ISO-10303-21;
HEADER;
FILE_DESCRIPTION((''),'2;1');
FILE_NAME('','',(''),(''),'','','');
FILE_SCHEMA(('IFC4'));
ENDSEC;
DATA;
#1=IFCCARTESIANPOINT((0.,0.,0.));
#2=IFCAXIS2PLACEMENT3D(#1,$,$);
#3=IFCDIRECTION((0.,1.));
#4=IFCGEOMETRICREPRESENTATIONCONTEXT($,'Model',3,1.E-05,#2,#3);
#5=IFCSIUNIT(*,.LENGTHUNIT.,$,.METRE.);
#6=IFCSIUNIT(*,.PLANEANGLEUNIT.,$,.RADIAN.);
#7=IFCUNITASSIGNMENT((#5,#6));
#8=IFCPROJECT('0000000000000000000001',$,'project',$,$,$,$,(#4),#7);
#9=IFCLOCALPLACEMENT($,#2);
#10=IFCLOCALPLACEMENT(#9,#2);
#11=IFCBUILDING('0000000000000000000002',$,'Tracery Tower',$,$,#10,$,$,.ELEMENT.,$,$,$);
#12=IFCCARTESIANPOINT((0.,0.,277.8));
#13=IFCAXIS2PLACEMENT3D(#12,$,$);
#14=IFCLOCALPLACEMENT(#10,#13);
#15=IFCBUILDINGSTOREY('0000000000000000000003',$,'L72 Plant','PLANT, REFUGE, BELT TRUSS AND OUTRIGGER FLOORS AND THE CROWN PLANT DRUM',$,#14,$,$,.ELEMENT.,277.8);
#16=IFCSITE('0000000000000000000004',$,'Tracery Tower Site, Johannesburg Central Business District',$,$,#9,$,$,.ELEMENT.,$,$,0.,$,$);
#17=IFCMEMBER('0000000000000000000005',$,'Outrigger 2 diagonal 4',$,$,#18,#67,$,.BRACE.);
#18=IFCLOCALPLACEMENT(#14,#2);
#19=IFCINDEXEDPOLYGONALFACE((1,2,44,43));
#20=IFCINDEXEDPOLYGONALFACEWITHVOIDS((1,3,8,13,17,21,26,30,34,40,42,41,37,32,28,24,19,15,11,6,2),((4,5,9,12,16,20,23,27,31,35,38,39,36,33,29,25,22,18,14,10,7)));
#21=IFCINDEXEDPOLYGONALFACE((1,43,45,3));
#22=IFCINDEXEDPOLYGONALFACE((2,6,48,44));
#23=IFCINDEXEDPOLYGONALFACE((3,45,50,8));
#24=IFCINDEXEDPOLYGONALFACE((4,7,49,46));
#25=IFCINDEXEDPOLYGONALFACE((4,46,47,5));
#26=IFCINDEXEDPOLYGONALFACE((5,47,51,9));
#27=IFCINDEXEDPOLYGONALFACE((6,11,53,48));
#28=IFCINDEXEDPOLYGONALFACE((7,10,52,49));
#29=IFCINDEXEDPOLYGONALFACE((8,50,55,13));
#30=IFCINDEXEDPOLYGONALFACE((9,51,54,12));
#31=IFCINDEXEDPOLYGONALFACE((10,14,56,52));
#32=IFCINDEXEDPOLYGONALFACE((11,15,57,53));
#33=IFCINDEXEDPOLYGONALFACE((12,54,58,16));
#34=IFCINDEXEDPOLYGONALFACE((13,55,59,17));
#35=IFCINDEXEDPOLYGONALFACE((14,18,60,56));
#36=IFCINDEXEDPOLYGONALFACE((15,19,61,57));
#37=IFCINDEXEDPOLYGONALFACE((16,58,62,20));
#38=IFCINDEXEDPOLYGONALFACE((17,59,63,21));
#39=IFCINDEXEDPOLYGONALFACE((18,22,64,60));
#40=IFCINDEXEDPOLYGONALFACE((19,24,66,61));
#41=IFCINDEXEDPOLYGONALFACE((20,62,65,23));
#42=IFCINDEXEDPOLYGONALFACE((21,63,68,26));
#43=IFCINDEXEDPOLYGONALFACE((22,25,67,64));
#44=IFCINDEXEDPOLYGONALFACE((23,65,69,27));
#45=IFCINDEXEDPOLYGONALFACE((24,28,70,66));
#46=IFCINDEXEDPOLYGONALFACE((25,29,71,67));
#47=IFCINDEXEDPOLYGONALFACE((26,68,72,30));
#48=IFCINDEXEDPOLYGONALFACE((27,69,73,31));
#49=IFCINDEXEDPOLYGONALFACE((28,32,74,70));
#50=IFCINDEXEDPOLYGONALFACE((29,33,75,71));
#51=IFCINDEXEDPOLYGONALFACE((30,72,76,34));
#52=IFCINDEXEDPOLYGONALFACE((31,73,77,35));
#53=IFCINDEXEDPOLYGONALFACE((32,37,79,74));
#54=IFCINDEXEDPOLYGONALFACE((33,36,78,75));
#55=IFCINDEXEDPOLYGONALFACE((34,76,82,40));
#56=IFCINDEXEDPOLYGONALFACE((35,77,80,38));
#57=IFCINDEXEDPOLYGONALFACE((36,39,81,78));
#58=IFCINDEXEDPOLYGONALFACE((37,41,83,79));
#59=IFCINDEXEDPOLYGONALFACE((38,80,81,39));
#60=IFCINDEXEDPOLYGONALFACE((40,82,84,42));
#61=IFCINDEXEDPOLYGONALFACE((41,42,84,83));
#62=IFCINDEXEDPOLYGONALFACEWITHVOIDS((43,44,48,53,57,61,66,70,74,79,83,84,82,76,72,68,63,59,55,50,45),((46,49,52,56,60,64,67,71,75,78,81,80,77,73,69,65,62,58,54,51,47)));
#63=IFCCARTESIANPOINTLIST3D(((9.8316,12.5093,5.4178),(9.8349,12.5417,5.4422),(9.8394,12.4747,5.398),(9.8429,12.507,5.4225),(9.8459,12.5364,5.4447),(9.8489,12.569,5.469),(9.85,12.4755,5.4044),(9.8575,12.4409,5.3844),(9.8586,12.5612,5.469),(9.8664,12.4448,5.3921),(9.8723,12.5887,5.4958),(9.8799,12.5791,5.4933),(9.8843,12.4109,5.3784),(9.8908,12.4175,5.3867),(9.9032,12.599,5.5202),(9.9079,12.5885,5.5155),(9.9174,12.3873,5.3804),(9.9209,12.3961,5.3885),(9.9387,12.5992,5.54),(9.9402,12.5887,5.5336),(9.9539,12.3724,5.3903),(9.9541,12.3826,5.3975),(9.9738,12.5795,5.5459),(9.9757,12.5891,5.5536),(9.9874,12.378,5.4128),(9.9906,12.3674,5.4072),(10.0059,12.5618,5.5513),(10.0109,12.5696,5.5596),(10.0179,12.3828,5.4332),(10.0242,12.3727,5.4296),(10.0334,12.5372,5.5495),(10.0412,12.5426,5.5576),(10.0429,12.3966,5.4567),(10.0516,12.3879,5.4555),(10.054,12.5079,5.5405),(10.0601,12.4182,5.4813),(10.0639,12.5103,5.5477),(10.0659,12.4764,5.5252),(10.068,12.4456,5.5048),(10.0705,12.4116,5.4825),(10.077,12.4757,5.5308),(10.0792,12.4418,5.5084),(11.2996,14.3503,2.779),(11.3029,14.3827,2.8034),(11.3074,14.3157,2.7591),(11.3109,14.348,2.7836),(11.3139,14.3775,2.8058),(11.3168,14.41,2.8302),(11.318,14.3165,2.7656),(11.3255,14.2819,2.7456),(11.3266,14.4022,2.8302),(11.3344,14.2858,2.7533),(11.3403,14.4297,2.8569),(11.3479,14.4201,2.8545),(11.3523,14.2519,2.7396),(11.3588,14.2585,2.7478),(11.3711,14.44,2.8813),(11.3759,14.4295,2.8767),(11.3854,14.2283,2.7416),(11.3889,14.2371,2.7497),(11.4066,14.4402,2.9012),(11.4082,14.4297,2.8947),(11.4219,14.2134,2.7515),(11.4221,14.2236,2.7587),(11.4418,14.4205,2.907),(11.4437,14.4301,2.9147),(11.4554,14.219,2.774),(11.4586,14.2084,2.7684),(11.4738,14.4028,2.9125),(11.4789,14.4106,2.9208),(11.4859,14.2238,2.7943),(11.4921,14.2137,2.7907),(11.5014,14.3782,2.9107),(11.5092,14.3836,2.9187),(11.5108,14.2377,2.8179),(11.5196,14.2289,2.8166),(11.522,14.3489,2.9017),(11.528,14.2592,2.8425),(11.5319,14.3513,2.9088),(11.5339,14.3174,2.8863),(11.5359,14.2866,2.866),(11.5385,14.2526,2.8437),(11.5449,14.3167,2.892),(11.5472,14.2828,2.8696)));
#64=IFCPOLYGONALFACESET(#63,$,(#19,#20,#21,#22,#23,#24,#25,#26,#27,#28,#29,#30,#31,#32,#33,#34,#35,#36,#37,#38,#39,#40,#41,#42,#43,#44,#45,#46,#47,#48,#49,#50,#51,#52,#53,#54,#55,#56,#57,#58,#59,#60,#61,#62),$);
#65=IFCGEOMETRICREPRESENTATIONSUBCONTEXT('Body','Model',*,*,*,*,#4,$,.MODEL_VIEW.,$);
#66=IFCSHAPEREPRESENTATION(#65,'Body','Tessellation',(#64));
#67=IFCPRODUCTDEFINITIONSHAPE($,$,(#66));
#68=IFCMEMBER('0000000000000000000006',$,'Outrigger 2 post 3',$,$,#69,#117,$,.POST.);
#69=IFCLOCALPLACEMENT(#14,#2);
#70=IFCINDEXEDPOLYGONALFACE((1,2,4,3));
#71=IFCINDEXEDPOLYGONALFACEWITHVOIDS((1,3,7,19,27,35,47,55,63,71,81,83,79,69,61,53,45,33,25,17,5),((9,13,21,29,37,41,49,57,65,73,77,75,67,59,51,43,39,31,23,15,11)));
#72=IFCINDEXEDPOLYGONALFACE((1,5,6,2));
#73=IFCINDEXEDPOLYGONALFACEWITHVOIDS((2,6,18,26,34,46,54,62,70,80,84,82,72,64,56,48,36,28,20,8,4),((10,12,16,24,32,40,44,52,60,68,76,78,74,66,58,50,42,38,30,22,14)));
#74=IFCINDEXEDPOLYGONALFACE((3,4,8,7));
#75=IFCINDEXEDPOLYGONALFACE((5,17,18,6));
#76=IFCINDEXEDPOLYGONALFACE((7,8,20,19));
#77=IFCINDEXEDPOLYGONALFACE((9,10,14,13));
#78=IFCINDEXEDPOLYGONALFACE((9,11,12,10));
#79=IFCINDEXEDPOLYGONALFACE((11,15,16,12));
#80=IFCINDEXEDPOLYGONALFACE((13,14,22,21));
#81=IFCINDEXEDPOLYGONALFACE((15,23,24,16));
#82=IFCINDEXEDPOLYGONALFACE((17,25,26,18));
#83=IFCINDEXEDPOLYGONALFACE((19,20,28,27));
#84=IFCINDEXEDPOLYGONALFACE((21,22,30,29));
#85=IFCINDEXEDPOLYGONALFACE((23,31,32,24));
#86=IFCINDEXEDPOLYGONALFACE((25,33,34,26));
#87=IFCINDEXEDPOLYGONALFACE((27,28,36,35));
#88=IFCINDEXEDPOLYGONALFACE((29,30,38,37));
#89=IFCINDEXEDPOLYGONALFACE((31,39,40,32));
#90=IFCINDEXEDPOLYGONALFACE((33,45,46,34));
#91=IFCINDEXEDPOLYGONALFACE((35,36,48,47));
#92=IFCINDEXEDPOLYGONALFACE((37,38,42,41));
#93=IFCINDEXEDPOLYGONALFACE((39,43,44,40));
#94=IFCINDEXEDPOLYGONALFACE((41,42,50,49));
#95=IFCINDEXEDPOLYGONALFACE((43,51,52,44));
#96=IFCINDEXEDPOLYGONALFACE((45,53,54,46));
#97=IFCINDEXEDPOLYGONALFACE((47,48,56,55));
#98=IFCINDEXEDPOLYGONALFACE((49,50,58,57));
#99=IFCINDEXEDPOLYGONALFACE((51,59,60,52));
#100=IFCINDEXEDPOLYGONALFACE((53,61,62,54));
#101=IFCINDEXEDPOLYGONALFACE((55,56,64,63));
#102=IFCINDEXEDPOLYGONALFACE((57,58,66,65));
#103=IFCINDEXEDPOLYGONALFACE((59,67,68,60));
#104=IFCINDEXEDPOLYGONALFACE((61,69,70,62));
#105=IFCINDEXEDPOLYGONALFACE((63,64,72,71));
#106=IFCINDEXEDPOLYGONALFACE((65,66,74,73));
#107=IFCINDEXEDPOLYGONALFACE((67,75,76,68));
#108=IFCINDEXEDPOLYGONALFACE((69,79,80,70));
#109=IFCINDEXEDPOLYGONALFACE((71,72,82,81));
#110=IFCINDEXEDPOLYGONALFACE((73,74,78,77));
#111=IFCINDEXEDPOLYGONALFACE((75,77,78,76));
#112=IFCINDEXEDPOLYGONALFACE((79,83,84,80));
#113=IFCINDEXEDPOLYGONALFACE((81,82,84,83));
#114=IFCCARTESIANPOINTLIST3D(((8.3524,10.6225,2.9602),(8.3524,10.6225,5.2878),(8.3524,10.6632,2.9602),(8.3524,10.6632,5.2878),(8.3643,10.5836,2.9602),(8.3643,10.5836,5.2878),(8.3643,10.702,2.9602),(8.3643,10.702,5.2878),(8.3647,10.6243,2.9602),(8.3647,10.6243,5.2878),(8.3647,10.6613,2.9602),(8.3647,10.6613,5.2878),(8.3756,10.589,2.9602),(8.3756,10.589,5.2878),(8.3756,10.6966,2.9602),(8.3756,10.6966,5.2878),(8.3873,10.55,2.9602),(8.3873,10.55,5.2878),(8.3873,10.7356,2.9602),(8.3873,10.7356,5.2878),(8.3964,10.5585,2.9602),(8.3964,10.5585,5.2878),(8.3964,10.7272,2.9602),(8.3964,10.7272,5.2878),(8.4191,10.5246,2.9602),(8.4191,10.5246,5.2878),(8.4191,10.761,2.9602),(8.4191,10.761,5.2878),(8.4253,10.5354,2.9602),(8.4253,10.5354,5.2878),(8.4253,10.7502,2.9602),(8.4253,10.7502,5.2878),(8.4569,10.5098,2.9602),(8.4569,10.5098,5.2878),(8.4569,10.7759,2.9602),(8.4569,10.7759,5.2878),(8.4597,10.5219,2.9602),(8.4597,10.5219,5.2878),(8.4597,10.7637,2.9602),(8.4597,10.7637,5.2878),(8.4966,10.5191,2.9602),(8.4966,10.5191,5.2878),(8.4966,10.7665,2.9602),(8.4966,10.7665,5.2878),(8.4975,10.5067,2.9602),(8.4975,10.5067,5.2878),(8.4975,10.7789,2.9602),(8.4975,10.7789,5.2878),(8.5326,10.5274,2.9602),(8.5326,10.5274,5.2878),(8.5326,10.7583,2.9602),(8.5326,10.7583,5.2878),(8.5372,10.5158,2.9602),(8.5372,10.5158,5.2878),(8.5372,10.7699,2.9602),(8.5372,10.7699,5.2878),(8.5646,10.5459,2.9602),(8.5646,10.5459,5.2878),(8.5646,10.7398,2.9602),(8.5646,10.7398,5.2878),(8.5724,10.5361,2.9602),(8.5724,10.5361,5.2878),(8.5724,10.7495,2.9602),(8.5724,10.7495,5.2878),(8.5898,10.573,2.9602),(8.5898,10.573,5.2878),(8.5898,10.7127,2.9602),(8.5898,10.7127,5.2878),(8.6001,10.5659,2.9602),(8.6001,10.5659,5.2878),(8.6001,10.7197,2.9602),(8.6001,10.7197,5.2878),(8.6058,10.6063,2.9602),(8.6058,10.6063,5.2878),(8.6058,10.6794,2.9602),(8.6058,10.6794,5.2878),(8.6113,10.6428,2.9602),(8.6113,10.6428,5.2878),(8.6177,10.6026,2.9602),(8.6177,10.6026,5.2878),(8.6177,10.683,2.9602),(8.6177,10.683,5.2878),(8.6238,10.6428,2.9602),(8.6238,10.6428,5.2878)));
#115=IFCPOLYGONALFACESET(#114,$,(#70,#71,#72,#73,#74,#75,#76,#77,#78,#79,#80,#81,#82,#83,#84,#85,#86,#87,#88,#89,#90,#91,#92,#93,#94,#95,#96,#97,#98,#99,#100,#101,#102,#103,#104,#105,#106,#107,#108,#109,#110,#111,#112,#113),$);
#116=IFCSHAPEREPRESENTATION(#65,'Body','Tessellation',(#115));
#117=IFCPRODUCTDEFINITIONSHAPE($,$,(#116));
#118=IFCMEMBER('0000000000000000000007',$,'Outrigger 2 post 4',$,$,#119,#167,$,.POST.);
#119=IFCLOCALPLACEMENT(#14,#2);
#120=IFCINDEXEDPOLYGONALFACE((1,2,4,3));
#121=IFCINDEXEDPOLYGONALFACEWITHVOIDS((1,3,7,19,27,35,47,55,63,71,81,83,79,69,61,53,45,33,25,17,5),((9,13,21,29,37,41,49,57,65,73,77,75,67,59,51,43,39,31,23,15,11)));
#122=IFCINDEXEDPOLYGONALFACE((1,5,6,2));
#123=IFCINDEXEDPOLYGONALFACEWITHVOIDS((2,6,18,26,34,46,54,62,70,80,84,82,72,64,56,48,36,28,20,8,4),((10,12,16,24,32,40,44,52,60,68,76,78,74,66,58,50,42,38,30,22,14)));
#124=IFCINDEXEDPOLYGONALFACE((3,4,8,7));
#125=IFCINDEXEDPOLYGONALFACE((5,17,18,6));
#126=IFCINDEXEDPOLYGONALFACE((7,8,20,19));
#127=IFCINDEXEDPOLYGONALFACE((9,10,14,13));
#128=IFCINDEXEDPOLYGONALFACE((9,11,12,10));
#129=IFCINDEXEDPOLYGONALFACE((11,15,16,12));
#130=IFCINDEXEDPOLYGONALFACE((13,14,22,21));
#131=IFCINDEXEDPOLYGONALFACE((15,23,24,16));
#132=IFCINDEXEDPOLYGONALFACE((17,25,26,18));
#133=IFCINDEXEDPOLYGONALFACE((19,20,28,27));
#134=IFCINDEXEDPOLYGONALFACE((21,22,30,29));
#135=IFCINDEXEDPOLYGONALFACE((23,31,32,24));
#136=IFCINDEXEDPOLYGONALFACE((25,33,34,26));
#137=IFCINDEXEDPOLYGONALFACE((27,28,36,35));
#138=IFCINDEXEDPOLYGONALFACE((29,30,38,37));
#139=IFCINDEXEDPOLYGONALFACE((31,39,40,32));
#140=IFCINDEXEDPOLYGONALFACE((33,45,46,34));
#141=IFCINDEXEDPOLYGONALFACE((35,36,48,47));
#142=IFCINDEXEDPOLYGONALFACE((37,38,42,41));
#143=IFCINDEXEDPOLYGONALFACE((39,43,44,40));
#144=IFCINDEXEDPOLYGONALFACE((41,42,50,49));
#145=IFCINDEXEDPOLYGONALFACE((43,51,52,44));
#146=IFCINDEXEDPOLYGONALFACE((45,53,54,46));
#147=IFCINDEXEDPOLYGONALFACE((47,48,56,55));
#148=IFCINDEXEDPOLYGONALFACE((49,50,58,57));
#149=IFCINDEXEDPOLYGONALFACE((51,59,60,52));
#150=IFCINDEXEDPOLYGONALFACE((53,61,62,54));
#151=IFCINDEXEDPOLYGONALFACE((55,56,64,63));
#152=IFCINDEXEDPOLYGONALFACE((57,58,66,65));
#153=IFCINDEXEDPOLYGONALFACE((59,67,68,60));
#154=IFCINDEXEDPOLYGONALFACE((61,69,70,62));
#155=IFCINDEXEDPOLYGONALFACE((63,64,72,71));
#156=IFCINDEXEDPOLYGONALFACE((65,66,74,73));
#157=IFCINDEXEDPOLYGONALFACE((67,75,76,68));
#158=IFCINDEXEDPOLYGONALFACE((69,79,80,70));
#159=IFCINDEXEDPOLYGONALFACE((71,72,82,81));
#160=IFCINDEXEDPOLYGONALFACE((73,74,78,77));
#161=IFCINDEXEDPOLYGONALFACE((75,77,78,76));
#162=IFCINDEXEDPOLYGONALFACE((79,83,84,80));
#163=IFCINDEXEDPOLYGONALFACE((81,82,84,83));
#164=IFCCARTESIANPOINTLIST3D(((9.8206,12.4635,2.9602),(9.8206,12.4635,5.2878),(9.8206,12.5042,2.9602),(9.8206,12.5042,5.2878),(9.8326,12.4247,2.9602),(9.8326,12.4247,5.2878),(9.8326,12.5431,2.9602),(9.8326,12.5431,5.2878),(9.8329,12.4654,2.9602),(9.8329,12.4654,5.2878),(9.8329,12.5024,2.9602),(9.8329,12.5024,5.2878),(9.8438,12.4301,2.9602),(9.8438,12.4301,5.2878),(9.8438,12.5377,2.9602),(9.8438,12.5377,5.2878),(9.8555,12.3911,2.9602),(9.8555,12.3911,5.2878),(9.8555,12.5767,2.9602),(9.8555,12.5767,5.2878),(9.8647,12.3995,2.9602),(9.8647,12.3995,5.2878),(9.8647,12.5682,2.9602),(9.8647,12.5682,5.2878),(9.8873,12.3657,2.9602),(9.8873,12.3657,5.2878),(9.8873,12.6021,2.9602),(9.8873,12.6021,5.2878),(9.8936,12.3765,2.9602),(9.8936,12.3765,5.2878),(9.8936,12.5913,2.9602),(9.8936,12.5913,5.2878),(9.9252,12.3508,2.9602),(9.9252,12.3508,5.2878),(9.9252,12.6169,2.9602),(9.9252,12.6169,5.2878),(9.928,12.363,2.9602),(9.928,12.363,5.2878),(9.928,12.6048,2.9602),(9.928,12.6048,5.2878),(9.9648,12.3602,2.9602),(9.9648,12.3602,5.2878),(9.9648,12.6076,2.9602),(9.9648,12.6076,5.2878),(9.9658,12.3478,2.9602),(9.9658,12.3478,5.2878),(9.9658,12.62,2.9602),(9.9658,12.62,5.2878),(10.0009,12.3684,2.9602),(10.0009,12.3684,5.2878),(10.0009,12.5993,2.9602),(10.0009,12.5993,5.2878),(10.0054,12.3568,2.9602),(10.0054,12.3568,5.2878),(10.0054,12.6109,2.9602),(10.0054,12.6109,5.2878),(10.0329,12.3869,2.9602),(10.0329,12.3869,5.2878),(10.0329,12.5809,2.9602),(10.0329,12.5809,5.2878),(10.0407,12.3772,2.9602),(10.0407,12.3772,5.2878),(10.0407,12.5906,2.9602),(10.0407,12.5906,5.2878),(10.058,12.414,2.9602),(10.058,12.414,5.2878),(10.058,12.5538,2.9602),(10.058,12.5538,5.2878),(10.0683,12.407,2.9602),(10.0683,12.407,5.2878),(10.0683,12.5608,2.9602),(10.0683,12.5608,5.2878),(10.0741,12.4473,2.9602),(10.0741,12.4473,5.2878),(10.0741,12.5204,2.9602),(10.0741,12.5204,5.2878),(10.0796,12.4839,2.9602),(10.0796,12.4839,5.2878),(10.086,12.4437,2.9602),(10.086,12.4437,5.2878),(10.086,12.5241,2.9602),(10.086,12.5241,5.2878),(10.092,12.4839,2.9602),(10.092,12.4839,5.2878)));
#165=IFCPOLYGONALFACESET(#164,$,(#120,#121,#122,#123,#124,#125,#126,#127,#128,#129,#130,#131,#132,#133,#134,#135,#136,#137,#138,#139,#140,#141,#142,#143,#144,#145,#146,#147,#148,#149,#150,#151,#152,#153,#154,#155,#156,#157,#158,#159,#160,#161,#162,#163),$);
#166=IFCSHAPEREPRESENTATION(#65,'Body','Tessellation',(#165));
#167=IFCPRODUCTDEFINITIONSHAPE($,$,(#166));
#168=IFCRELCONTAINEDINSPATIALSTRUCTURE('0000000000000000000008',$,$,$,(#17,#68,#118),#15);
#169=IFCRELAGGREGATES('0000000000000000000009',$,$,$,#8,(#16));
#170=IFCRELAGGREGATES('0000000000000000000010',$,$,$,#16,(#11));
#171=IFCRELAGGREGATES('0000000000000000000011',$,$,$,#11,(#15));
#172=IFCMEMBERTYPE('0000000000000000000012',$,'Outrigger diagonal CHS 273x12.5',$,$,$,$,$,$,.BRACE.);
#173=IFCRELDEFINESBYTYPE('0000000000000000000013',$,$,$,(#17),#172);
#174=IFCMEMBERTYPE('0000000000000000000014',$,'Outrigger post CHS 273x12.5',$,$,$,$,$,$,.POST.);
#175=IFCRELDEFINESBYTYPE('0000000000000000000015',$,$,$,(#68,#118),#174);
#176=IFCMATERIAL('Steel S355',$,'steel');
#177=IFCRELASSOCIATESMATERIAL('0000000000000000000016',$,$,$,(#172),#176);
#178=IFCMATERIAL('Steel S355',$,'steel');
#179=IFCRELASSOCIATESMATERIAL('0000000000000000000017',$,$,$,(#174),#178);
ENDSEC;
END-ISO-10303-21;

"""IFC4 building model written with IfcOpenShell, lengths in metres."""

from ifc_helpers import new_model, si_unit, direction, frame, origin, origin_2d, place, context, subcontext, project, spatial, hollow_circle, extrude, material, material_profile, profile_set, type_object, element, save


model = new_model("IFC4")

# Units and contexts
model_context = context("Model", 3, precision=1e-05, world=origin(), true_north=direction((0.0, 1.0)))
body_context = subcontext(model_context, "Body", "Model", "MODEL_VIEW")
ifc_project = project(units=[si_unit("LENGTHUNIT", "METRE"), si_unit("PLANEANGLEUNIT", "RADIAN")], contexts=[model_context])

# Site, building, storey
site_placement = place(None, origin())
site = spatial("IfcSite", under=ifc_project, at=site_placement, Name="Tracery Tower Site, Johannesburg Central Business District", CompositionType="ELEMENT", RefElevation=0.0)
building_placement = place(site_placement, origin())
building = spatial("IfcBuilding", under=site, at=building_placement, Name="Tracery Tower", CompositionType="ELEMENT")
storey_placement = place(building_placement, frame((0.0, 0.0, 277.8)))
storey = spatial("IfcBuildingStorey", under=building, at=storey_placement, Name="L72 Plant", Description="PLANT, REFUGE, BELT TRUSS AND OUTRIGGER FLOORS AND THE CROWN PLANT DRUM", CompositionType="ELEMENT", Elevation=277.8)

# Members
ifc_material_1 = material(Name="Steel S355", Category="steel")
ifc_material_profile_1 = material_profile(ifc_material_1, hollow_circle(Radius=0.1365, WallThickness=0.0125, at=origin_2d()), Name="CHS 273x12.5")
ifc_profile_set_1 = profile_set([ifc_material_profile_1], Name="Steel S355")
member_type_1 = type_object("IfcMemberType", Name="Outrigger diagonal CHS 273x12.5", PredefinedType="BRACE", material=ifc_profile_set_1)
member_1_placement = place(storey_placement, frame((9.9556, 12.4839, 5.469), z_axis=(0.415077, 0.520555, -0.746145), x_axis=(-0.781869, 0.623442, 0.0)))
element("IfcMember", 1, at=member_1_placement, inside=storey, type_object=member_type_1, Name="Outrigger 2 diagonal 4", PredefinedType="BRACE", context=body_context, shape_type="SweptSolid", body=[
    extrude(hollow_circle(Radius=0.1365, WallThickness=0.0125, at=origin_2d()), origin(), (0.0, 0.0, 1.0), 3.5366),
])
ifc_material_2 = material(Name="Steel S355", Category="steel")
ifc_material_profile_2 = material_profile(ifc_material_2, hollow_circle(Radius=0.1365, WallThickness=0.0125, at=origin_2d()), Name="CHS 273x12.5")
ifc_profile_set_2 = profile_set([ifc_material_profile_2], Name="Steel S355")
member_type_2 = type_object("IfcMemberType", Name="Outrigger post CHS 273x12.5", PredefinedType="POST", material=ifc_profile_set_2)
for number, where, z_axis, x_axis, name in (
    (2, (8.4873, 10.6428, 2.9602), (0.0, 0.0, 1.0), (1.0, 0.0, 0.0), "Outrigger 2 post 3"),
    (3, (9.9556, 12.4839, 2.9602), (0.0, 0.0, 1.0), (1.0, 0.0, 0.0), "Outrigger 2 post 4"),
):
    element("IfcMember", number, at=place(storey_placement, frame(where, z_axis=z_axis, x_axis=x_axis)), inside=storey, type_object=member_type_2, Name=name, PredefinedType="POST", context=body_context, shape_type="SweptSolid", body=[
        extrude(hollow_circle(Radius=0.1365, WallThickness=0.0125, at=origin_2d()), origin(), (0.0, 0.0, 1.0), 2.3276),
    ])

save(model, "model.ifc")
